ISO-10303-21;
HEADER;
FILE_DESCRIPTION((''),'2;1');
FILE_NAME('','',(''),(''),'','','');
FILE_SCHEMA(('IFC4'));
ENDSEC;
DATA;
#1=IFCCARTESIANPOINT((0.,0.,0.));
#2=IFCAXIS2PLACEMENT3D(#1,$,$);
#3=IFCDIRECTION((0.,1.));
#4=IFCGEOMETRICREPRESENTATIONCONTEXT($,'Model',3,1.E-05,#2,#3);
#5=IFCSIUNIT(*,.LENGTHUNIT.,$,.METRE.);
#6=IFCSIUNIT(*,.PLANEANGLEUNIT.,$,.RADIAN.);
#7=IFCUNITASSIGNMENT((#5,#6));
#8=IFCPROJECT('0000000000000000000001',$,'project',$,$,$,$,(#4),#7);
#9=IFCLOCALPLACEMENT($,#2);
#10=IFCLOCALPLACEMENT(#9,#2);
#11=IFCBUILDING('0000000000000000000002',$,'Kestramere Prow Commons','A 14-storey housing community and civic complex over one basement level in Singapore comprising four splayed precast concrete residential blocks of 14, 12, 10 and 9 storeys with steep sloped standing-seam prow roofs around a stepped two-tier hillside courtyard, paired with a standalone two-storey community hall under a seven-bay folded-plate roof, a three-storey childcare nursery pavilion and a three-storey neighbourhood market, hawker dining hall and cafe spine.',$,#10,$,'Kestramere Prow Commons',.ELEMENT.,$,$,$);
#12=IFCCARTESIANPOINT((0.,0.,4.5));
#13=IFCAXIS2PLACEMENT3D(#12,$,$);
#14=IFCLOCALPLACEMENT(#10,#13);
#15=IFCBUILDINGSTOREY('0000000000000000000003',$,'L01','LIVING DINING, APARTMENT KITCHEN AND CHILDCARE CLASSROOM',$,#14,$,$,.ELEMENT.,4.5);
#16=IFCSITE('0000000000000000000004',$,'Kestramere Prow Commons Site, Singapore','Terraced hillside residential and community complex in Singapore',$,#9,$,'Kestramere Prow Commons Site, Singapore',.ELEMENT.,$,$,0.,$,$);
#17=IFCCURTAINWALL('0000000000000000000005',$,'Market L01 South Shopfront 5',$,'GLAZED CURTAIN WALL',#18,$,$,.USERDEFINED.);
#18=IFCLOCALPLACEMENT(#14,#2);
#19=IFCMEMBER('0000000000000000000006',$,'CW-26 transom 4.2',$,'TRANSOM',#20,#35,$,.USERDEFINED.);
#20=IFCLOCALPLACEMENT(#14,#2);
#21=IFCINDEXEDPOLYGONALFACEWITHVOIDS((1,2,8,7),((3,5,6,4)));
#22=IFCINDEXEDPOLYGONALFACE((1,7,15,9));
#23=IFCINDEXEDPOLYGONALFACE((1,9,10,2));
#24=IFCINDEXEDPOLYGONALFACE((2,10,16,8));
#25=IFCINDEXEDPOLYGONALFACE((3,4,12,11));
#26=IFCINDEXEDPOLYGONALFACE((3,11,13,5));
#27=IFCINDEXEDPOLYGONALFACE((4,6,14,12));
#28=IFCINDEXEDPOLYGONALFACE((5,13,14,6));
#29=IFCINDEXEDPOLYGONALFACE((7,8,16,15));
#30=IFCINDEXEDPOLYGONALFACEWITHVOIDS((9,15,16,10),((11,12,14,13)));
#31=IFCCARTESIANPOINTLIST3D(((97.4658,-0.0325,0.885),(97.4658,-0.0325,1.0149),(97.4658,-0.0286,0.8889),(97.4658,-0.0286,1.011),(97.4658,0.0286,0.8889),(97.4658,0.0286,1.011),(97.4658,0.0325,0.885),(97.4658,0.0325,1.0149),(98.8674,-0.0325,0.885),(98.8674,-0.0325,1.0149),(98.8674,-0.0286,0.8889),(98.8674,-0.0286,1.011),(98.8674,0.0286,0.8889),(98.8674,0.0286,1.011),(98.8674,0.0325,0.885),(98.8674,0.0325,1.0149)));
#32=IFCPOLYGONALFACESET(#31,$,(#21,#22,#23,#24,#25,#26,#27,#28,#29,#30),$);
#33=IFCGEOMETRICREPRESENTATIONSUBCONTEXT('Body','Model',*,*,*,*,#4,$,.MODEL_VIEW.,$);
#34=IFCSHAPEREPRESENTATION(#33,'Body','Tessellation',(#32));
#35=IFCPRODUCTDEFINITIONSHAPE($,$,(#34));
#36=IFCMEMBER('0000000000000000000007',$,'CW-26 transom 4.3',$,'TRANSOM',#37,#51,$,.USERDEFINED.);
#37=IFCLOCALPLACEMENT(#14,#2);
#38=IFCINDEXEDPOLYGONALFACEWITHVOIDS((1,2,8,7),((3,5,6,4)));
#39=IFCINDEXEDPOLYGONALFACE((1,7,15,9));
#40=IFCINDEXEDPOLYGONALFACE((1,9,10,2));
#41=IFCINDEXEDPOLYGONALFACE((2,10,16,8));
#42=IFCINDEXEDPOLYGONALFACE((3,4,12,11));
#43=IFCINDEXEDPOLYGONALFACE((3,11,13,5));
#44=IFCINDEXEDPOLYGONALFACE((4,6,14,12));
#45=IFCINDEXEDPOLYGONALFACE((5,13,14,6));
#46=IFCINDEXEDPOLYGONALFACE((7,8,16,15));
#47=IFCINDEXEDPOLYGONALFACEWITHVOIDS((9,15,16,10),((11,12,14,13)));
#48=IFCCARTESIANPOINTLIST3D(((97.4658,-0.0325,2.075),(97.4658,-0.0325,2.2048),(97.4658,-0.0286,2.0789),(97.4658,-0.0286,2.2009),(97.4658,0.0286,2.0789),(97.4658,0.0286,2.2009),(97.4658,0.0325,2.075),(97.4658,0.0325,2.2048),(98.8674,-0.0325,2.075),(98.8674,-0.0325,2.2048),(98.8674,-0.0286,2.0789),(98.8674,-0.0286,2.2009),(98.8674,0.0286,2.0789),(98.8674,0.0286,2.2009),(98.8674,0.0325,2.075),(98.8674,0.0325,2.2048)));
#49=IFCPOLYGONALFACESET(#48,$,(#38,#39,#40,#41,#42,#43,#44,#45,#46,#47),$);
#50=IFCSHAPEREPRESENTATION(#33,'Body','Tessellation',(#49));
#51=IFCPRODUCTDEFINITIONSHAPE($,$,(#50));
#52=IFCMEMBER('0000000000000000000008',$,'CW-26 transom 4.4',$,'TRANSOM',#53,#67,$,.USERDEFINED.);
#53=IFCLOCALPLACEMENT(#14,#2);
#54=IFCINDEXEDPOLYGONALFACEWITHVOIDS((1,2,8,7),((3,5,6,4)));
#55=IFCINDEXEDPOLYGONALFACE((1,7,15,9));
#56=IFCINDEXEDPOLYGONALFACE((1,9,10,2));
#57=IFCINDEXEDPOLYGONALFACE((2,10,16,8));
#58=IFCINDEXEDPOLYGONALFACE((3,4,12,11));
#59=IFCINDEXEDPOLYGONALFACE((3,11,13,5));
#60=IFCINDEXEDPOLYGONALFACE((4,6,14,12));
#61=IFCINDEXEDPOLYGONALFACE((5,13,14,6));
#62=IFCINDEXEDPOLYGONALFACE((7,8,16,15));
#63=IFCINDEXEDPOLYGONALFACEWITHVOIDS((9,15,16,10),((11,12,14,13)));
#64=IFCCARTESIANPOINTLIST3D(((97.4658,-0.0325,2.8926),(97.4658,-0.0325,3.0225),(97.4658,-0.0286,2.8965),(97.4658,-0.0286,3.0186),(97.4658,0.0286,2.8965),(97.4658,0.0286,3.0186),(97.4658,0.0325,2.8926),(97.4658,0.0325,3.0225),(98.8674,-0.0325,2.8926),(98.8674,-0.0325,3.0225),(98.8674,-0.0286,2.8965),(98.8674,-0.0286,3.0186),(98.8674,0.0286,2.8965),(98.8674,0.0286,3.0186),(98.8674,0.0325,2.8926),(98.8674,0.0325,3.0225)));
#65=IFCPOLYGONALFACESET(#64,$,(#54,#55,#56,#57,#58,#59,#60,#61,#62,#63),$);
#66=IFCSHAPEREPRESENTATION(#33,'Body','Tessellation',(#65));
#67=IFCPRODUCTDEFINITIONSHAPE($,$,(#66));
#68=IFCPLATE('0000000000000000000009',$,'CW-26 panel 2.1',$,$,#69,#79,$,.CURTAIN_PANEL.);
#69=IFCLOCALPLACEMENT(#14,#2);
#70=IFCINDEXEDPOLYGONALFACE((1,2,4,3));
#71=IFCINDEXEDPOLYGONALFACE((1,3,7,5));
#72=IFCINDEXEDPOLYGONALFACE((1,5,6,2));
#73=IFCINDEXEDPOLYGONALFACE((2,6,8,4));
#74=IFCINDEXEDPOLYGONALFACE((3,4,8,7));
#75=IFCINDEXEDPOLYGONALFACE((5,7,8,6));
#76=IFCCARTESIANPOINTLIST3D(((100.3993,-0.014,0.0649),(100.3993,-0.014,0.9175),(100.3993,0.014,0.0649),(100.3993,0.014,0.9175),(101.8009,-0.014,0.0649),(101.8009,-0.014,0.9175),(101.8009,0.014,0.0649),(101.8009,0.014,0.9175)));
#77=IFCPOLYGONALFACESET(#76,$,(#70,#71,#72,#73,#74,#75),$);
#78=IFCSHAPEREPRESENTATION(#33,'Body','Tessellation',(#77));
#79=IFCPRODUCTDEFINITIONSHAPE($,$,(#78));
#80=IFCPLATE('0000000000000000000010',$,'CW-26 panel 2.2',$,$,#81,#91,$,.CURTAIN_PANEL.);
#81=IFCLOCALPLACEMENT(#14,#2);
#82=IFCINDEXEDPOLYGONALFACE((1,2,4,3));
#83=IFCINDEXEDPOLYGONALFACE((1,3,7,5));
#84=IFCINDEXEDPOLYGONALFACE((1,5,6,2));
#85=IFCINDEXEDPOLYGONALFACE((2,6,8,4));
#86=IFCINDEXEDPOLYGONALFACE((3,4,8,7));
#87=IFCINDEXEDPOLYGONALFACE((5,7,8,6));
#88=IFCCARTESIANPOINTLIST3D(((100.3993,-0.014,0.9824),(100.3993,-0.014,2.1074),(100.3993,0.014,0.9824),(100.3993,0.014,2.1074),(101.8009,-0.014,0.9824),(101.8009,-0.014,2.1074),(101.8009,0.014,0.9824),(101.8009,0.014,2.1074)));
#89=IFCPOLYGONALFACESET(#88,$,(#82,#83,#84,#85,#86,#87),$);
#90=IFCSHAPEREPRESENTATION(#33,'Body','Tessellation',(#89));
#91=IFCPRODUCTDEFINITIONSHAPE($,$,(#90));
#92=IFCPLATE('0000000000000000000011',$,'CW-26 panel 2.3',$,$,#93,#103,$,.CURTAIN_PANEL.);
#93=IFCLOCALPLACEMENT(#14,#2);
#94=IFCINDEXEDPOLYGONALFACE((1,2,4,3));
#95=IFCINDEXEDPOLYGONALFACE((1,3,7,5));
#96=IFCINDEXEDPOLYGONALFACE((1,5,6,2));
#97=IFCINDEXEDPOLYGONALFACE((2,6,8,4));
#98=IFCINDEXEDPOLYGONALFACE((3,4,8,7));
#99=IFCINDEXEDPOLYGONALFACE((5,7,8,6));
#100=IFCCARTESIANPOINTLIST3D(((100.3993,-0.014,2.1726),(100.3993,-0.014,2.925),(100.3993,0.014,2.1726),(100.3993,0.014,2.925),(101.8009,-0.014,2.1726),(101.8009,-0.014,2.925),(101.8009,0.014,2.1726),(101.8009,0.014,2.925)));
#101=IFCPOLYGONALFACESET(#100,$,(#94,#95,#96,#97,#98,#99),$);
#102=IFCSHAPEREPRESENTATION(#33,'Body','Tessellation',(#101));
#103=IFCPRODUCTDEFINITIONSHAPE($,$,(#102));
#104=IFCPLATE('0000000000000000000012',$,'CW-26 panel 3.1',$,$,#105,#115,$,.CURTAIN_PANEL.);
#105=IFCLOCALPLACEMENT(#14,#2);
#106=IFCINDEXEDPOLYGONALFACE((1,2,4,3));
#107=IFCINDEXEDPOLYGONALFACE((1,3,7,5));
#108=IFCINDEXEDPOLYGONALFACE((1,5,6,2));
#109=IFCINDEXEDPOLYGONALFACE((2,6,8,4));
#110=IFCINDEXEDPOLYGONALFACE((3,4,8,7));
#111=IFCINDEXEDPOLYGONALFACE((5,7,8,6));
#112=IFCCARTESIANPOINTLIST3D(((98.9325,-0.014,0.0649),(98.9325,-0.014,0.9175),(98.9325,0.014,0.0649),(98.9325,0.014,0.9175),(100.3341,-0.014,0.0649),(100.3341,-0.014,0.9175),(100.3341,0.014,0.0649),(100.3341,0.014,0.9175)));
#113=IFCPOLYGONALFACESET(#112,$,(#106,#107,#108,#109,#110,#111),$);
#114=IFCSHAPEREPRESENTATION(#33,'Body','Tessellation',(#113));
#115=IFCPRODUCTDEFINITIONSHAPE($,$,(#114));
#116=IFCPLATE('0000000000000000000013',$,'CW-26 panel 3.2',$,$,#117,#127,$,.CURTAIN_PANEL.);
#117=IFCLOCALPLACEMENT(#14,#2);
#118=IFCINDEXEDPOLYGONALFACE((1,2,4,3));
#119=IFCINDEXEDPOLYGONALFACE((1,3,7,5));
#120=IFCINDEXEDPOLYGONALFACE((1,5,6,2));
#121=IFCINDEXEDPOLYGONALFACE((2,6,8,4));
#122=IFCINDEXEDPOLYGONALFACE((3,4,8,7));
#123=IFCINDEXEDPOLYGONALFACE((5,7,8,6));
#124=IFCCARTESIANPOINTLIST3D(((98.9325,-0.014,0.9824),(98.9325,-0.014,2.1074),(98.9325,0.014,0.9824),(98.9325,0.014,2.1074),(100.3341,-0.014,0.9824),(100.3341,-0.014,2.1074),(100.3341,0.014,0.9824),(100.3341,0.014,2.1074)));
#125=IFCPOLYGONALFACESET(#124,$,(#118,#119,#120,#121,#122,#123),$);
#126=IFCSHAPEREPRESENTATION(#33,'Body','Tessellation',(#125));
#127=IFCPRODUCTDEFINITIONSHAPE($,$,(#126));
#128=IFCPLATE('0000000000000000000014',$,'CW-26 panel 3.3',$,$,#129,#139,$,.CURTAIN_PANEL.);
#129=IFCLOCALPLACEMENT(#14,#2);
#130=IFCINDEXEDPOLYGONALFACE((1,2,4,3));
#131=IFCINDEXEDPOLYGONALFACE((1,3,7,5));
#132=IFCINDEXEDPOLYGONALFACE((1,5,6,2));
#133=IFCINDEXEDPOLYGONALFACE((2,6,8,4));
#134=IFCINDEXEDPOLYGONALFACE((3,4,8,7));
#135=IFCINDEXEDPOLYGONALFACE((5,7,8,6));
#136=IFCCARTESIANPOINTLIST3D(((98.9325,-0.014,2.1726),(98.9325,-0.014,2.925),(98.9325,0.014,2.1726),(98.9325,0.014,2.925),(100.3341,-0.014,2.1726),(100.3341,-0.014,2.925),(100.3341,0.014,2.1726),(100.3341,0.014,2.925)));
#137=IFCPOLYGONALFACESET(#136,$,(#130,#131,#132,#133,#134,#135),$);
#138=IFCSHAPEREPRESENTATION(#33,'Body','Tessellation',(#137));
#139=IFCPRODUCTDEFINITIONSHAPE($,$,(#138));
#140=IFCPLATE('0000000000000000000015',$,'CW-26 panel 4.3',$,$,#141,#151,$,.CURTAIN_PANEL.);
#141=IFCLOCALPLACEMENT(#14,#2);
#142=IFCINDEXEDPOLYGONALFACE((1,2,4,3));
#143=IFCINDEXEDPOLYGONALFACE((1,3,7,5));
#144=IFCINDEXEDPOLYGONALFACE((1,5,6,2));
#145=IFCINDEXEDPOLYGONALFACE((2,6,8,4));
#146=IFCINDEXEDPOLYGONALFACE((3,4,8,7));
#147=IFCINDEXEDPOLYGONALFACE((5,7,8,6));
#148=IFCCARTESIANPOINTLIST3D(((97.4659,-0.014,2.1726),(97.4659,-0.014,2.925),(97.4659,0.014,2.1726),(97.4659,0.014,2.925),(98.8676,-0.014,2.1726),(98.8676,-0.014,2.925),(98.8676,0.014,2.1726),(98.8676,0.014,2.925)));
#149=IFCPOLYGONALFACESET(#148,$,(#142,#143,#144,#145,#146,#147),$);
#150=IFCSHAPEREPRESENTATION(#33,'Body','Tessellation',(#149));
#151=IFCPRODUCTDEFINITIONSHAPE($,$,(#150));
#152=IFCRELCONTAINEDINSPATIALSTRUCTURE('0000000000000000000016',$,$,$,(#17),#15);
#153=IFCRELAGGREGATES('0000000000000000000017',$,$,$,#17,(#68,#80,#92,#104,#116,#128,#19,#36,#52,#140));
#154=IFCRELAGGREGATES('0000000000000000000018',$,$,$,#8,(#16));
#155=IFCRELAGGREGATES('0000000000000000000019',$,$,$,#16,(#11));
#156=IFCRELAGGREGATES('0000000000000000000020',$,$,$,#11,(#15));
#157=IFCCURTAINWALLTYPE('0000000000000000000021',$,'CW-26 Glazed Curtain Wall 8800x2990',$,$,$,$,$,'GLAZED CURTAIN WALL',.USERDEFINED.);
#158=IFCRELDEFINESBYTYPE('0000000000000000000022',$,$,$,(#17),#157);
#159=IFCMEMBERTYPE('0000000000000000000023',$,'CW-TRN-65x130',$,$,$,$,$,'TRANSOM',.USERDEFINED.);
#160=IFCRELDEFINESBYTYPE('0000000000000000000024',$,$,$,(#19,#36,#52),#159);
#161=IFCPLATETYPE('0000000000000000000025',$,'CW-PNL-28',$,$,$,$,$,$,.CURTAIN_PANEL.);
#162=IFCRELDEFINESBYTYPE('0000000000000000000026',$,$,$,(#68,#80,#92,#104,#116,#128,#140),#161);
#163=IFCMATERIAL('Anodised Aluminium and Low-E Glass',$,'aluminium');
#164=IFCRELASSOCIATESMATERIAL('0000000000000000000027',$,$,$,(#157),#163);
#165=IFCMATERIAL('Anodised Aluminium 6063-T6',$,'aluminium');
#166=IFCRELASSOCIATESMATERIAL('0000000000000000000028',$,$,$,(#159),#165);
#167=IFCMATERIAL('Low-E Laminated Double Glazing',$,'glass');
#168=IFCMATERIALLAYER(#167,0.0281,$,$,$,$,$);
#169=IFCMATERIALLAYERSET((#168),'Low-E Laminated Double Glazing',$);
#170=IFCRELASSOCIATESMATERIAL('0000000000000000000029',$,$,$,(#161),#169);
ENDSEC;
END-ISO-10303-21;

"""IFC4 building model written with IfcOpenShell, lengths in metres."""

from ifc_helpers import new_model, si_unit, direction, frame, origin, origin_2d, place, context, subcontext, project, spatial, rectangle, hollow_rectangle, extrude, material, layer, layer_set, material_profile, profile_set, type_object, element, aggregate, save


model = new_model("IFC4")

# Units and contexts
model_context = context("Model", 3, precision=1e-05, world=origin(), true_north=direction((0.0, 1.0)))
body_context = subcontext(model_context, "Body", "Model", "MODEL_VIEW")
ifc_project = project(units=[si_unit("LENGTHUNIT", "METRE"), si_unit("PLANEANGLEUNIT", "RADIAN")], contexts=[model_context])

# Site, building, storey
site_placement = place(None, origin())
site = spatial("IfcSite", under=ifc_project, at=site_placement, Name="Kestramere Prow Commons Site, Singapore", Description="Terraced hillside residential and community complex in Singapore", LongName="Kestramere Prow Commons Site, Singapore", CompositionType="ELEMENT", RefElevation=0.0)
building_placement = place(site_placement, origin())
building = spatial("IfcBuilding", under=site, at=building_placement, Name="Kestramere Prow Commons", Description="A 14-storey housing community and civic complex over one basement level in Singapore comprising four splayed precast concrete residential blocks of 14, 12, 10 and 9 storeys with steep sloped standing-seam prow roofs around a stepped two-tier hillside courtyard, paired with a standalone two-storey community hall under a seven-bay folded-plate roof, a three-storey childcare nursery pavilion and a three-storey neighbourhood market, hawker dining hall and cafe spine.", LongName="Kestramere Prow Commons", CompositionType="ELEMENT")
storey_placement = place(building_placement, frame((0.0, 0.0, 4.5)))
storey = spatial("IfcBuildingStorey", under=building, at=storey_placement, Name="L01", Description="LIVING DINING, APARTMENT KITCHEN AND CHILDCARE CLASSROOM", CompositionType="ELEMENT", Elevation=4.5)

# Curtain wall, members, plates
ifc_material_1 = material(Name="Anodised Aluminium and Low-E Glass", Category="aluminium")
curtain_wall_type = type_object("IfcCurtainWallType", Name="CW-26 Glazed Curtain Wall 8800x2990", ElementType="GLAZED CURTAIN WALL", PredefinedType="USERDEFINED", material=ifc_material_1)
curtain_wall_placement = place(storey_placement, origin())
curtain_wall = element("IfcCurtainWall", 1, at=curtain_wall_placement, inside=storey, type_object=curtain_wall_type, Name="Market L01 South Shopfront 5", ObjectType="GLAZED CURTAIN WALL", PredefinedType="USERDEFINED")
ifc_material_2 = material(Name="Anodised Aluminium 6063-T6", Category="aluminium")
ifc_material_profile_1 = material_profile(ifc_material_2, hollow_rectangle(XDim=0.0649, YDim=0.1299, WallThickness=0.0039, at=origin_2d()), Name="ALU-TRN 65x130")
ifc_profile_set_1 = profile_set([ifc_material_profile_1], Name="Anodised Aluminium 6063-T6")
member_type_1 = type_object("IfcMemberType", Name="CW-TRN-65x130", ElementType="TRANSOM", PredefinedType="USERDEFINED", material=ifc_profile_set_1)
member_1_placement = place(storey_placement, frame((98.8674, 0.0, 0.95), z_axis=(-1.0, 0.0, 0.0), x_axis=(0.0, -1.0, 0.0)))
member_1 = element("IfcMember", 2, at=member_1_placement, type_object=member_type_1, Name="CW-26 transom 4.2", ObjectType="TRANSOM", PredefinedType="USERDEFINED", context=body_context, shape_type="SweptSolid", body=[
    extrude(hollow_rectangle(XDim=0.0649, YDim=0.1299, WallThickness=0.0039, at=origin_2d()), origin(), (0.0, 0.0, 1.0), 1.4016),
])
member_2_placement = place(storey_placement, frame((98.8674, 0.0, 2.1399), z_axis=(-1.0, 0.0, 0.0), x_axis=(0.0, -1.0, 0.0)))
member_2 = element("IfcMember", 3, at=member_2_placement, type_object=member_type_1, Name="CW-26 transom 4.3", ObjectType="TRANSOM", PredefinedType="USERDEFINED", context=body_context, shape_type="SweptSolid", body=[
    extrude(hollow_rectangle(XDim=0.0649, YDim=0.1299, WallThickness=0.0039, at=origin_2d()), origin(), (0.0, 0.0, 1.0), 1.4016),
])
member_3_placement = place(storey_placement, frame((98.8674, 0.0, 2.9575), z_axis=(-1.0, 0.0, 0.0), x_axis=(0.0, -1.0, 0.0)))
member_3 = element("IfcMember", 4, at=member_3_placement, type_object=member_type_1, Name="CW-26 transom 4.4", ObjectType="TRANSOM", PredefinedType="USERDEFINED", context=body_context, shape_type="SweptSolid", body=[
    extrude(hollow_rectangle(XDim=0.0649, YDim=0.1299, WallThickness=0.0039, at=origin_2d()), origin(), (0.0, 0.0, 1.0), 1.4016),
])
ifc_material_3 = material(Name="Low-E Laminated Double Glazing", Category="glass")
ifc_layer = layer(ifc_material_3, 0.0281)
ifc_layer_set = layer_set([ifc_layer], Name="Low-E Laminated Double Glazing")
plate_type = type_object("IfcPlateType", Name="CW-PNL-28", PredefinedType="CURTAIN_PANEL", material=ifc_layer_set)
plate_1_placement = place(storey_placement, frame((101.1001, 0.0, 0.0649), z_axis=(0.0, 0.0, 1.0), x_axis=(-1.0, 0.0, 0.0)))
plate_1 = element("IfcPlate", 5, at=plate_1_placement, type_object=plate_type, Name="CW-26 panel 2.1", PredefinedType="CURTAIN_PANEL", context=body_context, shape_type="SweptSolid", body=[
    extrude(rectangle(XDim=1.4016, YDim=0.0281, at=origin_2d()), origin(), (0.0, 0.0, 1.0), 0.8525),
])
plate_2_placement = place(storey_placement, frame((101.1001, 0.0, 0.9824), z_axis=(0.0, 0.0, 1.0), x_axis=(-1.0, 0.0, 0.0)))
plate_2 = element("IfcPlate", 6, at=plate_2_placement, type_object=plate_type, Name="CW-26 panel 2.2", PredefinedType="CURTAIN_PANEL", context=body_context, shape_type="SweptSolid", body=[
    extrude(rectangle(XDim=1.4016, YDim=0.0281, at=origin_2d()), origin(), (0.0, 0.0, 1.0), 1.125),
])
plate_3_placement = place(storey_placement, frame((101.1001, 0.0, 2.1726), z_axis=(0.0, 0.0, 1.0), x_axis=(-1.0, 0.0, 0.0)))
plate_3 = element("IfcPlate", 7, at=plate_3_placement, type_object=plate_type, Name="CW-26 panel 2.3", PredefinedType="CURTAIN_PANEL", context=body_context, shape_type="SweptSolid", body=[
    extrude(rectangle(XDim=1.4016, YDim=0.0281, at=origin_2d()), origin(), (0.0, 0.0, 1.0), 0.7524),
])
plate_4_placement = place(storey_placement, frame((99.6333, 0.0, 0.0649), z_axis=(0.0, 0.0, 1.0), x_axis=(-1.0, 0.0, 0.0)))
plate_4 = element("IfcPlate", 8, at=plate_4_placement, type_object=plate_type, Name="CW-26 panel 3.1", PredefinedType="CURTAIN_PANEL", context=body_context, shape_type="SweptSolid", body=[
    extrude(rectangle(XDim=1.4016, YDim=0.0281, at=origin_2d()), origin(), (0.0, 0.0, 1.0), 0.8525),
])
plate_5_placement = place(storey_placement, frame((99.6333, 0.0, 0.9824), z_axis=(0.0, 0.0, 1.0), x_axis=(-1.0, 0.0, 0.0)))
plate_5 = element("IfcPlate", 9, at=plate_5_placement, type_object=plate_type, Name="CW-26 panel 3.2", PredefinedType="CURTAIN_PANEL", context=body_context, shape_type="SweptSolid", body=[
    extrude(rectangle(XDim=1.4016, YDim=0.0281, at=origin_2d()), origin(), (0.0, 0.0, 1.0), 1.125),
])
plate_6_placement = place(storey_placement, frame((99.6333, 0.0, 2.1726), z_axis=(0.0, 0.0, 1.0), x_axis=(-1.0, 0.0, 0.0)))
plate_6 = element("IfcPlate", 10, at=plate_6_placement, type_object=plate_type, Name="CW-26 panel 3.3", PredefinedType="CURTAIN_PANEL", context=body_context, shape_type="SweptSolid", body=[
    extrude(rectangle(XDim=1.4016, YDim=0.0281, at=origin_2d()), origin(), (0.0, 0.0, 1.0), 0.7524),
])
plate_7_placement = place(storey_placement, frame((98.1667, 0.0, 2.1726), z_axis=(0.0, 0.0, 1.0), x_axis=(-1.0, 0.0, 0.0)))
plate_7 = element("IfcPlate", 11, at=plate_7_placement, type_object=plate_type, Name="CW-26 panel 4.3", PredefinedType="CURTAIN_PANEL", context=body_context, shape_type="SweptSolid", body=[
    extrude(rectangle(XDim=1.4016, YDim=0.0281, at=origin_2d()), origin(), (0.0, 0.0, 1.0), 0.7524),
])
aggregate(curtain_wall, [plate_1, plate_2, plate_3, plate_4, plate_5, plate_6, member_1, member_2, member_3, plate_7])

save(model, "model.ifc")
